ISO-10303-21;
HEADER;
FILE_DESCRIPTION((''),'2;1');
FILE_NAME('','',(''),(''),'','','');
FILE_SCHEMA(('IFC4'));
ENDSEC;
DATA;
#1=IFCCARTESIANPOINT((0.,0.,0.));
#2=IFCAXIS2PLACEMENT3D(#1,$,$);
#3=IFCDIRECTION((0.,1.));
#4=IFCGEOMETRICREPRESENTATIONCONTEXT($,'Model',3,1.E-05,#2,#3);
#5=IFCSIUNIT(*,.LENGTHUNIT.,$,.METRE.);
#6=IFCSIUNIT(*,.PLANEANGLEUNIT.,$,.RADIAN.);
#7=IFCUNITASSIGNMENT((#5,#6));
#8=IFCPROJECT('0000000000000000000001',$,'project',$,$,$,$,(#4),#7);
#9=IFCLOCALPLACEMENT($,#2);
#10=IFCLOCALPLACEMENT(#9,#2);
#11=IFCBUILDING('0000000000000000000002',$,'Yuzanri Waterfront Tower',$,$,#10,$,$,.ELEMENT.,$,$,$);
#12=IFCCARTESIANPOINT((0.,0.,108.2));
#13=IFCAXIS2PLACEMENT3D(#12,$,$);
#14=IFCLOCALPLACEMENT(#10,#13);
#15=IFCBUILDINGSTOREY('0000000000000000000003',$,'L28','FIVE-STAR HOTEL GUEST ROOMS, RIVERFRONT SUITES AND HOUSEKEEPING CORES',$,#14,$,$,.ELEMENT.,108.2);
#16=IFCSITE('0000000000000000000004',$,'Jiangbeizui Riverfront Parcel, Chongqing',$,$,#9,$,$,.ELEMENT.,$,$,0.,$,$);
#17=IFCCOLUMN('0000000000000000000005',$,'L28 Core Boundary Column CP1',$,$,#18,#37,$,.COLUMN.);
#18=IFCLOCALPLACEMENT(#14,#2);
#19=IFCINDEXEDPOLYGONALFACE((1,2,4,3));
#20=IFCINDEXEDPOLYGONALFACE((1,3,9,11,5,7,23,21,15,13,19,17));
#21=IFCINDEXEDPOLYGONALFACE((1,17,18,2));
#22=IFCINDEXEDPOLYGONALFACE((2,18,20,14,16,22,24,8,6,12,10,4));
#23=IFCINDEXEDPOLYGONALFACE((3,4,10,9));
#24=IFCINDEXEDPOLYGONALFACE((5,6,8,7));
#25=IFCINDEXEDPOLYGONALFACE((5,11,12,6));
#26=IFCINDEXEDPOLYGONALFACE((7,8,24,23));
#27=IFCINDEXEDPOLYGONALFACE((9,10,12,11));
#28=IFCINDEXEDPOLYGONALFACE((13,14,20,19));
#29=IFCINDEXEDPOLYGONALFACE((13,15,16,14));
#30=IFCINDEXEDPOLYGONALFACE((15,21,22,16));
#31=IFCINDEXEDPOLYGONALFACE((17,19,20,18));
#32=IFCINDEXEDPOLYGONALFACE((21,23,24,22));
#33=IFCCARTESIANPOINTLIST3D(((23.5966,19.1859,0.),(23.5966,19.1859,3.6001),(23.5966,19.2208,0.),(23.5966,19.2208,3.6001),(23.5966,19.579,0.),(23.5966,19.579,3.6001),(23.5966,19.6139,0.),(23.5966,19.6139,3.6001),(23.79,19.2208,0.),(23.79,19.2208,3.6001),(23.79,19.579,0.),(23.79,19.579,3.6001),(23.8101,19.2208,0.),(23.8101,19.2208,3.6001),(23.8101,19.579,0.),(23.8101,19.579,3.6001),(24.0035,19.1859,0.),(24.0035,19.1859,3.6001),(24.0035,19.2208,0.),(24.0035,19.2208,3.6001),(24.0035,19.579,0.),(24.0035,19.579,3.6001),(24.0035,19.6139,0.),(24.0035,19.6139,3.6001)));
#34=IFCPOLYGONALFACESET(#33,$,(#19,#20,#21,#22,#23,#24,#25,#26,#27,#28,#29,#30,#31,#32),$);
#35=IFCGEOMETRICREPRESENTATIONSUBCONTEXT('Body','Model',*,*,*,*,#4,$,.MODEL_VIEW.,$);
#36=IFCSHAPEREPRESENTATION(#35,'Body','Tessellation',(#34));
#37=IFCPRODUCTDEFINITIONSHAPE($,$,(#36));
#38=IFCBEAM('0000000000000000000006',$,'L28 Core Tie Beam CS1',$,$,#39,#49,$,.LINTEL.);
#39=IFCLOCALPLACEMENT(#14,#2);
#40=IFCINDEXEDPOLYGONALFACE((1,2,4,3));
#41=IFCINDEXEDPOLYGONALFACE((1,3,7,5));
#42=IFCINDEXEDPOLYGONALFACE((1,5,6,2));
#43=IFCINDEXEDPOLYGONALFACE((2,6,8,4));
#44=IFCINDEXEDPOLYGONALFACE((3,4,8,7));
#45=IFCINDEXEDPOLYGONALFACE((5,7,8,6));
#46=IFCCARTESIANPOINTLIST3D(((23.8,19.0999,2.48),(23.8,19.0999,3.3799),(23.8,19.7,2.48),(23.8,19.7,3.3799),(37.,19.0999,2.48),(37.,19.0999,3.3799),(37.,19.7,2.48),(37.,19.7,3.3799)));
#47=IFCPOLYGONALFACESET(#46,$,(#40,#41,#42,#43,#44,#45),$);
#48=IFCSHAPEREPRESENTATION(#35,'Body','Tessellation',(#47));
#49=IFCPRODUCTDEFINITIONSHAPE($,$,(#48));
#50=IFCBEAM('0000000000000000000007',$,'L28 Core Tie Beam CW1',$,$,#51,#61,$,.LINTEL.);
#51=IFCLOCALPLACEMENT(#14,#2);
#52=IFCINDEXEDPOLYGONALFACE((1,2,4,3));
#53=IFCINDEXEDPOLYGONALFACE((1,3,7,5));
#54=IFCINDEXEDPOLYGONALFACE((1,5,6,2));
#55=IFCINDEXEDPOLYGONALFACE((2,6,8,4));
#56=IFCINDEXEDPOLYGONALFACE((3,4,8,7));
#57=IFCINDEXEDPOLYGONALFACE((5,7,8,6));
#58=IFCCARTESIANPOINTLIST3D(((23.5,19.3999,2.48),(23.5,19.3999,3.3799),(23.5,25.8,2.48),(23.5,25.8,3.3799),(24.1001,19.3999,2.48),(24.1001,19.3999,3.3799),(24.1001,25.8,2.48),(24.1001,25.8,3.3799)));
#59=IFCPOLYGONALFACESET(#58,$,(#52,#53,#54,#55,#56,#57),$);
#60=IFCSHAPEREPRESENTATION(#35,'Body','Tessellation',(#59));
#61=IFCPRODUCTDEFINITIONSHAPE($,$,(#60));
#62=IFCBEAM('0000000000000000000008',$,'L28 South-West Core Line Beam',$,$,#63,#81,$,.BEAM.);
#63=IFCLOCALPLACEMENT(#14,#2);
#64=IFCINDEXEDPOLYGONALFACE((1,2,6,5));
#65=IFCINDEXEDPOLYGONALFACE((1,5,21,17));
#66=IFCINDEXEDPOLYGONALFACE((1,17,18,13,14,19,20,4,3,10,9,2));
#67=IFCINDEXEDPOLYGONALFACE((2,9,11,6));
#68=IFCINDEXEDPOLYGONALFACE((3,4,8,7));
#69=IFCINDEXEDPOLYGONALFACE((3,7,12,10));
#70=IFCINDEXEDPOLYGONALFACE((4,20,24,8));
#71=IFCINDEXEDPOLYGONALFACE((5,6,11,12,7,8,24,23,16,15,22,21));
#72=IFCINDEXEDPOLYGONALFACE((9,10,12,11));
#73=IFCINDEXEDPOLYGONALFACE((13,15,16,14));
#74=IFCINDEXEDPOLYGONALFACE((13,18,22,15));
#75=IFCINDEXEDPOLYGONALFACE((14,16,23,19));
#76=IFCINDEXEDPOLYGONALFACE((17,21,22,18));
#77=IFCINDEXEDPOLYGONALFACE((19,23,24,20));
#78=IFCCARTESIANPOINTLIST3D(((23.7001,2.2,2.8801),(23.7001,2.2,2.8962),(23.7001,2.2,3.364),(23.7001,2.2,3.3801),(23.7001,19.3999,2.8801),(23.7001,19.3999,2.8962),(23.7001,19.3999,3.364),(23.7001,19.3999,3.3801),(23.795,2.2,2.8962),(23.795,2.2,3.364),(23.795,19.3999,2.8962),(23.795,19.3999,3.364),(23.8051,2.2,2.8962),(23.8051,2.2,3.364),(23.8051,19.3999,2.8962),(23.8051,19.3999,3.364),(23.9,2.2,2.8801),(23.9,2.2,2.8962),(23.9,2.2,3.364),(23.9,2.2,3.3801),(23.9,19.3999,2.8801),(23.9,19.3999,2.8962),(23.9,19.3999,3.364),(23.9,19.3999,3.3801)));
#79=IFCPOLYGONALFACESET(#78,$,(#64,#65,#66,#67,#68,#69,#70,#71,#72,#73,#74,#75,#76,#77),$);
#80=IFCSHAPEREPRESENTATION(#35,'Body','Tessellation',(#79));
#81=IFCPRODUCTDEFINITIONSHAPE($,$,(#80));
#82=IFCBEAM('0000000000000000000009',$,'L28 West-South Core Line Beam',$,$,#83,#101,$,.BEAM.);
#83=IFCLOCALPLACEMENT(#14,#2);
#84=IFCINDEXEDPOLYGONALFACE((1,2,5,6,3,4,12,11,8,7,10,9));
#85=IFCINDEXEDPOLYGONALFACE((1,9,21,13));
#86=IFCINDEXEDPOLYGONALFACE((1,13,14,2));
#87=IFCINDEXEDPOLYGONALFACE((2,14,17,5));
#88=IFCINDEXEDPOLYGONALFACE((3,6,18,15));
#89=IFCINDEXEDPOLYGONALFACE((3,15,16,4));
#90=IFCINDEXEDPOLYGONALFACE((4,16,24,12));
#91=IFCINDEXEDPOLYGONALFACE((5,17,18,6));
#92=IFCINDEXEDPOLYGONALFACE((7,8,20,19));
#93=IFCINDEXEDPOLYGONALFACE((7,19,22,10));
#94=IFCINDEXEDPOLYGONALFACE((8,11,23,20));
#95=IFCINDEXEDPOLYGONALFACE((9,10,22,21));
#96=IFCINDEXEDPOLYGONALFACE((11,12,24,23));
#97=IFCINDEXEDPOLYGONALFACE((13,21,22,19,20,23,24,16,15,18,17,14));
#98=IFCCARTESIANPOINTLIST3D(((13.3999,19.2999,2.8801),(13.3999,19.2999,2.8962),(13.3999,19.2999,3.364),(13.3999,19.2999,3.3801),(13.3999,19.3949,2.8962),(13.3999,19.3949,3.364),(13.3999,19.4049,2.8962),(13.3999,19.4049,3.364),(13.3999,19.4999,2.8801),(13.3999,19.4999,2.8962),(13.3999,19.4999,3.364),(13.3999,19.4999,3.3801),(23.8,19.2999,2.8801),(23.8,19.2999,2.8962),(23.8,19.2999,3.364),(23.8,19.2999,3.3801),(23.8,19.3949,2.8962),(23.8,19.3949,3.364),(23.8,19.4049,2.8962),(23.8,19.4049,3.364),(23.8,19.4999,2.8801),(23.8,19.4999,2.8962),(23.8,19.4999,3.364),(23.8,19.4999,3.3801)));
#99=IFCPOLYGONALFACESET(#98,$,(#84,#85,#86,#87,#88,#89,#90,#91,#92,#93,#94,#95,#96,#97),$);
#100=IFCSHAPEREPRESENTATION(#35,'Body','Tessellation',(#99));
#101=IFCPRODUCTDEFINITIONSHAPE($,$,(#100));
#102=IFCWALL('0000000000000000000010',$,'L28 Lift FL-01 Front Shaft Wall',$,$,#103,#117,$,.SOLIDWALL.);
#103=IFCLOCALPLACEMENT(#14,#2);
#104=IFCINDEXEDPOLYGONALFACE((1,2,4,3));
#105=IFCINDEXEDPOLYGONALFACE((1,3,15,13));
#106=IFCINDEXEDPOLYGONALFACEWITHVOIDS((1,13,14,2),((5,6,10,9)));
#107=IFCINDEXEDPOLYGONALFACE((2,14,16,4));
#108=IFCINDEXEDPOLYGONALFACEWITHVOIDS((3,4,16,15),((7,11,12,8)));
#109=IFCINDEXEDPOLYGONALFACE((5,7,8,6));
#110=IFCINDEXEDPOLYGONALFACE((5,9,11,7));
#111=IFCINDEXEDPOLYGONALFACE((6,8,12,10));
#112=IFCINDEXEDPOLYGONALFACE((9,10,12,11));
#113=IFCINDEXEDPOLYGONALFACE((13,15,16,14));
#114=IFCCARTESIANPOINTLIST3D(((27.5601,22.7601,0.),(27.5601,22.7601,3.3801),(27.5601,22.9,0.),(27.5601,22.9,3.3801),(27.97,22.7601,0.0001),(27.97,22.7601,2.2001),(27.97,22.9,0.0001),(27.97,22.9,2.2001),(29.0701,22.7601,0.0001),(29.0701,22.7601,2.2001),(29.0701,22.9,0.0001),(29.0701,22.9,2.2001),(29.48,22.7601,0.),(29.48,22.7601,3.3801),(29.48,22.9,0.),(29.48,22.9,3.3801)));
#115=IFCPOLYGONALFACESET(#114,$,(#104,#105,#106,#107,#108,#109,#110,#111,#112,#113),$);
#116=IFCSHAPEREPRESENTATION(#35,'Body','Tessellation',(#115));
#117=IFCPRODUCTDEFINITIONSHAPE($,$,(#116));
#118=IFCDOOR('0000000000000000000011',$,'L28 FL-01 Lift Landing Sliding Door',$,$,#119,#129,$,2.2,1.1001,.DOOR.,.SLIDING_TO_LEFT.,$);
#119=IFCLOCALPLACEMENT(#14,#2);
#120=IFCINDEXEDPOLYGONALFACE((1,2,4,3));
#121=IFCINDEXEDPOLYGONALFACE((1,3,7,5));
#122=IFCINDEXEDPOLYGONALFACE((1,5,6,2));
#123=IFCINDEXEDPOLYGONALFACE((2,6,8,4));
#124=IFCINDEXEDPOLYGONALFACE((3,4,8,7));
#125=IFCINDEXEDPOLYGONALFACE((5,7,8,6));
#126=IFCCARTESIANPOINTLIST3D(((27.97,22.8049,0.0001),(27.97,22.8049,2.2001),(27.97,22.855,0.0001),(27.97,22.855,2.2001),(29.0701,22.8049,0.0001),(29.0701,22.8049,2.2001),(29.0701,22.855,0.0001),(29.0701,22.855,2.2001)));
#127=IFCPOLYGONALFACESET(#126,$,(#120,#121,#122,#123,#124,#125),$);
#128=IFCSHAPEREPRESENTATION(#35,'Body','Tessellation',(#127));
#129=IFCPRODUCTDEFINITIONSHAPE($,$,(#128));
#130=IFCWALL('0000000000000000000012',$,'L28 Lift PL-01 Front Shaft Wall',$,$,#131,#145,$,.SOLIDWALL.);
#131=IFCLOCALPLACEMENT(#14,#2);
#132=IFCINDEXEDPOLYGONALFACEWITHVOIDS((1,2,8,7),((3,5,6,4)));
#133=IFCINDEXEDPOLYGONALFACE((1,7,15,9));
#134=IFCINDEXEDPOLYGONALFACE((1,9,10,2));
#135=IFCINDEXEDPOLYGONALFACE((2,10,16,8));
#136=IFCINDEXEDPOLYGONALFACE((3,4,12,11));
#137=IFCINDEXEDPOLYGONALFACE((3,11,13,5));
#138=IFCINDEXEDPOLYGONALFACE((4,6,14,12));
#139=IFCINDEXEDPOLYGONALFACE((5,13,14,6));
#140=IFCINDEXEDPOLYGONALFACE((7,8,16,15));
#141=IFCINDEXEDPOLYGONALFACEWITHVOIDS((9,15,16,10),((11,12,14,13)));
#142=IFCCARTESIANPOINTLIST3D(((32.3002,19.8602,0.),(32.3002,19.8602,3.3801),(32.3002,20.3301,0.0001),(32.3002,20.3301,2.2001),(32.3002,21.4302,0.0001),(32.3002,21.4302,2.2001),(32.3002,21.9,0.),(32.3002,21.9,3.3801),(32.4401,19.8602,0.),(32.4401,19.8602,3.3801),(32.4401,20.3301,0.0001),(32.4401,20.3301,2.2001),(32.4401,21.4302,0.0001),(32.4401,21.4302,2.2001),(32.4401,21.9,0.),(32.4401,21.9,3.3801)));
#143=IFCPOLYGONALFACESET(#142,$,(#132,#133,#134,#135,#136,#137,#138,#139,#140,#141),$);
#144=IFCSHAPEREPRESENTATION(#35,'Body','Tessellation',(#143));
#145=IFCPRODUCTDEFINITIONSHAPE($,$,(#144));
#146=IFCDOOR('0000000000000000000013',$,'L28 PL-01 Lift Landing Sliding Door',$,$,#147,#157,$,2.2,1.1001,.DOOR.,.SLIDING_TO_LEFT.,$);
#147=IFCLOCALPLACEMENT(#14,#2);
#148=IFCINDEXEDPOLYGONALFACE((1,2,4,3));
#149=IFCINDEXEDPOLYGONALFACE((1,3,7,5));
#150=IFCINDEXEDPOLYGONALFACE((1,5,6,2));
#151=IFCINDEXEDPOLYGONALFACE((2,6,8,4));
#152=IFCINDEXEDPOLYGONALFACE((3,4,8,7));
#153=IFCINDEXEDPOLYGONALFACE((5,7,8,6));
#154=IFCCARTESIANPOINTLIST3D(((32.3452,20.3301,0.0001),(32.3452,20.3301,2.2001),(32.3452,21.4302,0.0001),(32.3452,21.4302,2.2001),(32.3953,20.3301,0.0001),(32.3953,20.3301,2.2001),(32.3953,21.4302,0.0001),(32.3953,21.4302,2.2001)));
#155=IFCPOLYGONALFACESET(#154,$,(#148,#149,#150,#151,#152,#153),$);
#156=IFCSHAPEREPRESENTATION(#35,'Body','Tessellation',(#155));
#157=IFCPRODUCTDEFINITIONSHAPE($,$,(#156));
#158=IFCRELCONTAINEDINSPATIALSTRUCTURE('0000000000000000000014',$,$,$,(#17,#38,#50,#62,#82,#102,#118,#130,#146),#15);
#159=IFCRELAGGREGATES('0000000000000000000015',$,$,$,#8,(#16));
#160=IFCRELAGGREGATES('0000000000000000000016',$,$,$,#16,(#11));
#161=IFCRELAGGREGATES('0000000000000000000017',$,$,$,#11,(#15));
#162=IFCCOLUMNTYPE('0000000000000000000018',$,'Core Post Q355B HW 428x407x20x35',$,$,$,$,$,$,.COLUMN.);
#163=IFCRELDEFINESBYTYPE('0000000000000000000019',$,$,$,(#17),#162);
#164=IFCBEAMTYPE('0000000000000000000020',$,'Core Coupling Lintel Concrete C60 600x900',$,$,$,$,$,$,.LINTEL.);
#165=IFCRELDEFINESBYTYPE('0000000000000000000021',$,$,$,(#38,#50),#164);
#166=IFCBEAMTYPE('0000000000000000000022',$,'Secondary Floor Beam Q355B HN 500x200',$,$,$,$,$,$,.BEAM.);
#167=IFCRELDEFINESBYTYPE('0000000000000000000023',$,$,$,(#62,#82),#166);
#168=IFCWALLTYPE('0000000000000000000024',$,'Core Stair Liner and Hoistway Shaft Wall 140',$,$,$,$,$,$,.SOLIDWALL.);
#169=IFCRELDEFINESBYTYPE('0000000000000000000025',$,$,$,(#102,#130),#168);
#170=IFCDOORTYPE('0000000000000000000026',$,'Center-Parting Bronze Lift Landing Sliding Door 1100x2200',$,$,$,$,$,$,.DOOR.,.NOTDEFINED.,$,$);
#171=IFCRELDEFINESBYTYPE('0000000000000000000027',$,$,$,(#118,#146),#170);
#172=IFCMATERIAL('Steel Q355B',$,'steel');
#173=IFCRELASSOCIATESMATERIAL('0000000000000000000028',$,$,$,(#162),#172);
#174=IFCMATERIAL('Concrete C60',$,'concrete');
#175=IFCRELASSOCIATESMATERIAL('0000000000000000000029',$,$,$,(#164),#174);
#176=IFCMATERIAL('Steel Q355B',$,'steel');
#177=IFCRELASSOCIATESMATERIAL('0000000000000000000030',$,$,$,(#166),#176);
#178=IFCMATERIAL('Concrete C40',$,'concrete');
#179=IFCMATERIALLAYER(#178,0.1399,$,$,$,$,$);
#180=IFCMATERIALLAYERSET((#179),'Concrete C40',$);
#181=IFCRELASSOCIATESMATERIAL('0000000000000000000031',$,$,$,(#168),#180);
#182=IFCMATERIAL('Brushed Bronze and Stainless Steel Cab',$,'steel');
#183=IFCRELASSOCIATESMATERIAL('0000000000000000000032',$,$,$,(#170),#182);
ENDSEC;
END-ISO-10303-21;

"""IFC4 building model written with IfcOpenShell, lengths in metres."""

from ifc_helpers import new_model, si_unit, direction, frame, frame_2d, origin, origin_2d, place, context, subcontext, project, spatial, rectangle, i_section, extrude, source, transform, mapped, material, layer, layer_set, material_profile, profile_set, type_object, element, fill, save


model = new_model("IFC4")

# Units and contexts
model_context = context("Model", 3, precision=1e-05, world=origin(), true_north=direction((0.0, 1.0)))
body_context = subcontext(model_context, "Body", "Model", "MODEL_VIEW")
ifc_project = project(units=[si_unit("LENGTHUNIT", "METRE"), si_unit("PLANEANGLEUNIT", "RADIAN")], contexts=[model_context])

# Site, building, storey
site_placement = place(None, origin())
site = spatial("IfcSite", under=ifc_project, at=site_placement, Name="Jiangbeizui Riverfront Parcel, Chongqing", CompositionType="ELEMENT", RefElevation=0.0)
building_placement = place(site_placement, origin())
building = spatial("IfcBuilding", under=site, at=building_placement, Name="Yuzanri Waterfront Tower", CompositionType="ELEMENT")
storey_placement = place(building_placement, frame((0.0, 0.0, 108.2)))
storey = spatial("IfcBuildingStorey", under=building, at=storey_placement, Name="L28", Description="FIVE-STAR HOTEL GUEST ROOMS, RIVERFRONT SUITES AND HOUSEKEEPING CORES", CompositionType="ELEMENT", Elevation=108.2)

# Column
ifc_material_1 = material(Name="Steel Q355B", Category="steel")
ifc_material_profile_1 = material_profile(ifc_material_1, i_section(OverallWidth=0.407, OverallDepth=0.428, WebThickness=0.02, FlangeThickness=0.0349, at=origin_2d()), Name="HW 428x407x20x35")
ifc_profile_set_1 = profile_set([ifc_material_profile_1], Name="Steel Q355B")
column_type = type_object("IfcColumnType", Name="Core Post Q355B HW 428x407x20x35", PredefinedType="COLUMN", material=ifc_profile_set_1)
shared_shape_1 = source(origin(), body_context, "Body", "SweptSolid", [
    extrude(i_section(OverallWidth=0.407, OverallDepth=0.428, WebThickness=0.02, FlangeThickness=0.0349, at=origin_2d()), origin(), (0.0, 0.0, 1.0), 3.6001),
])
column_placement = place(storey_placement, frame((23.8, 19.3999, 0.0), z_axis=(0.0, 0.0, 1.0), x_axis=(1.0, 0.0, 0.0)))
element("IfcColumn", 1, at=column_placement, inside=storey, type_object=column_type, Name="L28 Core Boundary Column CP1", PredefinedType="COLUMN", context=body_context, shape_type="MappedRepresentation", body=[
    mapped(shared_shape_1, transform((0.0, 0.0, 0.0), scale=1.0)),
])

# Beams
ifc_material_2 = material(Name="Concrete C60", Category="concrete")
ifc_material_profile_2 = material_profile(ifc_material_2, rectangle(XDim=0.6001, YDim=0.8999, at=origin_2d()), Name="RC 600x900")
ifc_profile_set_2 = profile_set([ifc_material_profile_2], Name="Concrete C60")
beam_type_1 = type_object("IfcBeamType", Name="Core Coupling Lintel Concrete C60 600x900", PredefinedType="LINTEL", material=ifc_profile_set_2)
shared_shape_2 = source(origin(), body_context, "Body", "SweptSolid", [
    extrude(rectangle(XDim=0.6001, YDim=0.8999, at=origin_2d()), origin(), (0.0, 0.0, 1.0), 13.2),
])
beam_1_placement = place(storey_placement, frame((23.8, 19.3999, 2.9299), z_axis=(1.0, 0.0, 0.0), x_axis=(0.0, 1.0, 0.0)))
element("IfcBeam", 2, at=beam_1_placement, inside=storey, type_object=beam_type_1, Name="L28 Core Tie Beam CS1", PredefinedType="LINTEL", context=body_context, shape_type="MappedRepresentation", body=[
    mapped(shared_shape_2, transform((0.0, 0.0, 0.0), scale=1.0)),
])
shared_shape_3 = source(origin(), body_context, "Body", "SweptSolid", [
    extrude(rectangle(XDim=0.6001, YDim=0.8999, at=origin_2d()), origin(), (0.0, 0.0, 1.0), 6.4001),
])
beam_2_placement = place(storey_placement, frame((23.8, 19.3999, 2.9299), z_axis=(0.0, 1.0, 0.0), x_axis=(-1.0, 0.0, 0.0)))
element("IfcBeam", 3, at=beam_2_placement, inside=storey, type_object=beam_type_1, Name="L28 Core Tie Beam CW1", PredefinedType="LINTEL", context=body_context, shape_type="MappedRepresentation", body=[
    mapped(shared_shape_3, transform((0.0, 0.0, 0.0), scale=1.0)),
])
ifc_material_3 = material(Name="Steel Q355B", Category="steel")
ifc_material_profile_3 = material_profile(ifc_material_3, i_section(OverallWidth=0.2, OverallDepth=0.5, WebThickness=0.01, FlangeThickness=0.0161, at=origin_2d()), Name="HN 500x200x10x16")
ifc_profile_set_3 = profile_set([ifc_material_profile_3], Name="Steel Q355B")
beam_type_2 = type_object("IfcBeamType", Name="Secondary Floor Beam Q355B HN 500x200", PredefinedType="BEAM", material=ifc_profile_set_3)
shared_shape_4 = source(origin(), body_context, "Body", "SweptSolid", [
    extrude(i_section(OverallWidth=0.2, OverallDepth=0.5, WebThickness=0.01, FlangeThickness=0.0161, at=origin_2d()), origin(), (0.0, 0.0, 1.0), 17.2),
])
beam_3_placement = place(storey_placement, frame((23.8, 19.3999, 3.1301), z_axis=(0.0, -1.0, 0.0), x_axis=(1.0, 0.0, 0.0)))
element("IfcBeam", 4, at=beam_3_placement, inside=storey, type_object=beam_type_2, Name="L28 South-West Core Line Beam", PredefinedType="BEAM", context=body_context, shape_type="MappedRepresentation", body=[
    mapped(shared_shape_4, transform((0.0, 0.0, 0.0), scale=1.0)),
])
shared_shape_5 = source(origin(), body_context, "Body", "SweptSolid", [
    extrude(i_section(OverallWidth=0.2, OverallDepth=0.5, WebThickness=0.01, FlangeThickness=0.0161, at=origin_2d()), origin(), (0.0, 0.0, 1.0), 10.4001),
])
beam_4_placement = place(storey_placement, frame((23.8, 19.3999, 3.1301), z_axis=(-1.0, 0.0, 0.0), x_axis=(0.0, -1.0, 0.0)))
element("IfcBeam", 5, at=beam_4_placement, inside=storey, type_object=beam_type_2, Name="L28 West-South Core Line Beam", PredefinedType="BEAM", context=body_context, shape_type="MappedRepresentation", body=[
    mapped(shared_shape_5, transform((0.0, 0.0, 0.0), scale=1.0)),
])

# Walls, openings, doors
ifc_material_4 = material(Name="Concrete C40", Category="concrete")
ifc_layer_1 = layer(ifc_material_4, 0.1399)
ifc_layer_set_1 = layer_set([ifc_layer_1], Name="Concrete C40")
wall_type_1 = type_object("IfcWallType", Name="Core Stair Liner and Hoistway Shaft Wall 140", PredefinedType="SOLIDWALL", material=ifc_layer_set_1)
wall_1_placement = place(storey_placement, frame((27.5601, 22.8301, 0.0), z_axis=(0.0, 0.0, 1.0), x_axis=(1.0, 0.0, 0.0)))
wall_1 = element("IfcWall", 6, at=wall_1_placement, inside=storey, type_object=wall_type_1, Name="L28 Lift FL-01 Front Shaft Wall", PredefinedType="SOLIDWALL", context=body_context, shape_type="SweptSolid", body=[
    extrude(rectangle(XDim=1.9199, YDim=0.1399, at=frame_2d((0.96, 0.0))), origin(), (0.0, 0.0, 1.0), 3.3801),
])
opening_1_placement = place(wall_1_placement, frame((0.4099, 0.0, 0.0)))
opening_1 = element("IfcOpeningElement", 7, at=opening_1_placement, cuts=wall_1, PredefinedType="OPENING", context=body_context, shape_type="SweptSolid", body=[
    extrude(rectangle(XDim=1.1001, YDim=2.2, at=frame_2d((0.55, 1.1001))), frame((0.0, 0.085, 0.0), z_axis=(0.0, -1.0, 0.0), x_axis=(1.0, 0.0, 0.0)), (0.0, 0.0, 1.0), 0.1697),
])
ifc_material_5 = material(Name="Brushed Bronze and Stainless Steel Cab", Category="steel")
door_type_1 = type_object("IfcDoorType", Name="Center-Parting Bronze Lift Landing Sliding Door 1100x2200", OperationType="NOTDEFINED", PredefinedType="DOOR", material=ifc_material_5)
shared_shape_6 = source(origin(), body_context, "Body", "SweptSolid", [
    extrude(rectangle(XDim=1.1001, YDim=2.2, at=frame_2d((0.55, 1.1001))), frame((0.0, 0.0249, 0.0), z_axis=(0.0, -1.0, 0.0), x_axis=(1.0, 0.0, 0.0)), (0.0, 0.0, 1.0), 0.05),
])
door_1_placement = place(opening_1_placement, origin())
door_1 = element("IfcDoor", 8, at=door_1_placement, inside=storey, type_object=door_type_1, Name="L28 FL-01 Lift Landing Sliding Door", OperationType="SLIDING_TO_LEFT", OverallHeight=2.2, OverallWidth=1.1001, PredefinedType="DOOR", context=body_context, shape_type="MappedRepresentation", body=[
    mapped(shared_shape_6, transform((0.0, 0.0, 0.0), scale=1.0)),
])
fill(opening_1, door_1)
wall_2_placement = place(storey_placement, frame((32.3701, 19.8601, 0.0), z_axis=(0.0, 0.0, 1.0), x_axis=(0.0, 1.0, 0.0)))
wall_2 = element("IfcWall", 9, at=wall_2_placement, inside=storey, type_object=wall_type_1, Name="L28 Lift PL-01 Front Shaft Wall", PredefinedType="SOLIDWALL", context=body_context, shape_type="SweptSolid", body=[
    extrude(rectangle(XDim=2.0398, YDim=0.1399, at=frame_2d((1.02, 0.0))), origin(), (0.0, 0.0, 1.0), 3.3801),
])
opening_2_placement = place(wall_2_placement, frame((0.47, 0.0, 0.0)))
opening_2 = element("IfcOpeningElement", 10, at=opening_2_placement, cuts=wall_2, PredefinedType="OPENING", context=body_context, shape_type="SweptSolid", body=[
    extrude(rectangle(XDim=1.1001, YDim=2.2, at=frame_2d((0.55, 1.1001))), frame((0.0, 0.085, 0.0), z_axis=(0.0, -1.0, 0.0), x_axis=(1.0, 0.0, 0.0)), (0.0, 0.0, 1.0), 0.1697),
])
door_2_placement = place(opening_2_placement, origin())
door_2 = element("IfcDoor", 11, at=door_2_placement, inside=storey, type_object=door_type_1, Name="L28 PL-01 Lift Landing Sliding Door", OperationType="SLIDING_TO_LEFT", OverallHeight=2.2, OverallWidth=1.1001, PredefinedType="DOOR", context=body_context, shape_type="MappedRepresentation", body=[
    mapped(shared_shape_6, transform((0.0, 0.0, 0.0), scale=1.0)),
])
fill(opening_2, door_2)

save(model, "model.ifc")
